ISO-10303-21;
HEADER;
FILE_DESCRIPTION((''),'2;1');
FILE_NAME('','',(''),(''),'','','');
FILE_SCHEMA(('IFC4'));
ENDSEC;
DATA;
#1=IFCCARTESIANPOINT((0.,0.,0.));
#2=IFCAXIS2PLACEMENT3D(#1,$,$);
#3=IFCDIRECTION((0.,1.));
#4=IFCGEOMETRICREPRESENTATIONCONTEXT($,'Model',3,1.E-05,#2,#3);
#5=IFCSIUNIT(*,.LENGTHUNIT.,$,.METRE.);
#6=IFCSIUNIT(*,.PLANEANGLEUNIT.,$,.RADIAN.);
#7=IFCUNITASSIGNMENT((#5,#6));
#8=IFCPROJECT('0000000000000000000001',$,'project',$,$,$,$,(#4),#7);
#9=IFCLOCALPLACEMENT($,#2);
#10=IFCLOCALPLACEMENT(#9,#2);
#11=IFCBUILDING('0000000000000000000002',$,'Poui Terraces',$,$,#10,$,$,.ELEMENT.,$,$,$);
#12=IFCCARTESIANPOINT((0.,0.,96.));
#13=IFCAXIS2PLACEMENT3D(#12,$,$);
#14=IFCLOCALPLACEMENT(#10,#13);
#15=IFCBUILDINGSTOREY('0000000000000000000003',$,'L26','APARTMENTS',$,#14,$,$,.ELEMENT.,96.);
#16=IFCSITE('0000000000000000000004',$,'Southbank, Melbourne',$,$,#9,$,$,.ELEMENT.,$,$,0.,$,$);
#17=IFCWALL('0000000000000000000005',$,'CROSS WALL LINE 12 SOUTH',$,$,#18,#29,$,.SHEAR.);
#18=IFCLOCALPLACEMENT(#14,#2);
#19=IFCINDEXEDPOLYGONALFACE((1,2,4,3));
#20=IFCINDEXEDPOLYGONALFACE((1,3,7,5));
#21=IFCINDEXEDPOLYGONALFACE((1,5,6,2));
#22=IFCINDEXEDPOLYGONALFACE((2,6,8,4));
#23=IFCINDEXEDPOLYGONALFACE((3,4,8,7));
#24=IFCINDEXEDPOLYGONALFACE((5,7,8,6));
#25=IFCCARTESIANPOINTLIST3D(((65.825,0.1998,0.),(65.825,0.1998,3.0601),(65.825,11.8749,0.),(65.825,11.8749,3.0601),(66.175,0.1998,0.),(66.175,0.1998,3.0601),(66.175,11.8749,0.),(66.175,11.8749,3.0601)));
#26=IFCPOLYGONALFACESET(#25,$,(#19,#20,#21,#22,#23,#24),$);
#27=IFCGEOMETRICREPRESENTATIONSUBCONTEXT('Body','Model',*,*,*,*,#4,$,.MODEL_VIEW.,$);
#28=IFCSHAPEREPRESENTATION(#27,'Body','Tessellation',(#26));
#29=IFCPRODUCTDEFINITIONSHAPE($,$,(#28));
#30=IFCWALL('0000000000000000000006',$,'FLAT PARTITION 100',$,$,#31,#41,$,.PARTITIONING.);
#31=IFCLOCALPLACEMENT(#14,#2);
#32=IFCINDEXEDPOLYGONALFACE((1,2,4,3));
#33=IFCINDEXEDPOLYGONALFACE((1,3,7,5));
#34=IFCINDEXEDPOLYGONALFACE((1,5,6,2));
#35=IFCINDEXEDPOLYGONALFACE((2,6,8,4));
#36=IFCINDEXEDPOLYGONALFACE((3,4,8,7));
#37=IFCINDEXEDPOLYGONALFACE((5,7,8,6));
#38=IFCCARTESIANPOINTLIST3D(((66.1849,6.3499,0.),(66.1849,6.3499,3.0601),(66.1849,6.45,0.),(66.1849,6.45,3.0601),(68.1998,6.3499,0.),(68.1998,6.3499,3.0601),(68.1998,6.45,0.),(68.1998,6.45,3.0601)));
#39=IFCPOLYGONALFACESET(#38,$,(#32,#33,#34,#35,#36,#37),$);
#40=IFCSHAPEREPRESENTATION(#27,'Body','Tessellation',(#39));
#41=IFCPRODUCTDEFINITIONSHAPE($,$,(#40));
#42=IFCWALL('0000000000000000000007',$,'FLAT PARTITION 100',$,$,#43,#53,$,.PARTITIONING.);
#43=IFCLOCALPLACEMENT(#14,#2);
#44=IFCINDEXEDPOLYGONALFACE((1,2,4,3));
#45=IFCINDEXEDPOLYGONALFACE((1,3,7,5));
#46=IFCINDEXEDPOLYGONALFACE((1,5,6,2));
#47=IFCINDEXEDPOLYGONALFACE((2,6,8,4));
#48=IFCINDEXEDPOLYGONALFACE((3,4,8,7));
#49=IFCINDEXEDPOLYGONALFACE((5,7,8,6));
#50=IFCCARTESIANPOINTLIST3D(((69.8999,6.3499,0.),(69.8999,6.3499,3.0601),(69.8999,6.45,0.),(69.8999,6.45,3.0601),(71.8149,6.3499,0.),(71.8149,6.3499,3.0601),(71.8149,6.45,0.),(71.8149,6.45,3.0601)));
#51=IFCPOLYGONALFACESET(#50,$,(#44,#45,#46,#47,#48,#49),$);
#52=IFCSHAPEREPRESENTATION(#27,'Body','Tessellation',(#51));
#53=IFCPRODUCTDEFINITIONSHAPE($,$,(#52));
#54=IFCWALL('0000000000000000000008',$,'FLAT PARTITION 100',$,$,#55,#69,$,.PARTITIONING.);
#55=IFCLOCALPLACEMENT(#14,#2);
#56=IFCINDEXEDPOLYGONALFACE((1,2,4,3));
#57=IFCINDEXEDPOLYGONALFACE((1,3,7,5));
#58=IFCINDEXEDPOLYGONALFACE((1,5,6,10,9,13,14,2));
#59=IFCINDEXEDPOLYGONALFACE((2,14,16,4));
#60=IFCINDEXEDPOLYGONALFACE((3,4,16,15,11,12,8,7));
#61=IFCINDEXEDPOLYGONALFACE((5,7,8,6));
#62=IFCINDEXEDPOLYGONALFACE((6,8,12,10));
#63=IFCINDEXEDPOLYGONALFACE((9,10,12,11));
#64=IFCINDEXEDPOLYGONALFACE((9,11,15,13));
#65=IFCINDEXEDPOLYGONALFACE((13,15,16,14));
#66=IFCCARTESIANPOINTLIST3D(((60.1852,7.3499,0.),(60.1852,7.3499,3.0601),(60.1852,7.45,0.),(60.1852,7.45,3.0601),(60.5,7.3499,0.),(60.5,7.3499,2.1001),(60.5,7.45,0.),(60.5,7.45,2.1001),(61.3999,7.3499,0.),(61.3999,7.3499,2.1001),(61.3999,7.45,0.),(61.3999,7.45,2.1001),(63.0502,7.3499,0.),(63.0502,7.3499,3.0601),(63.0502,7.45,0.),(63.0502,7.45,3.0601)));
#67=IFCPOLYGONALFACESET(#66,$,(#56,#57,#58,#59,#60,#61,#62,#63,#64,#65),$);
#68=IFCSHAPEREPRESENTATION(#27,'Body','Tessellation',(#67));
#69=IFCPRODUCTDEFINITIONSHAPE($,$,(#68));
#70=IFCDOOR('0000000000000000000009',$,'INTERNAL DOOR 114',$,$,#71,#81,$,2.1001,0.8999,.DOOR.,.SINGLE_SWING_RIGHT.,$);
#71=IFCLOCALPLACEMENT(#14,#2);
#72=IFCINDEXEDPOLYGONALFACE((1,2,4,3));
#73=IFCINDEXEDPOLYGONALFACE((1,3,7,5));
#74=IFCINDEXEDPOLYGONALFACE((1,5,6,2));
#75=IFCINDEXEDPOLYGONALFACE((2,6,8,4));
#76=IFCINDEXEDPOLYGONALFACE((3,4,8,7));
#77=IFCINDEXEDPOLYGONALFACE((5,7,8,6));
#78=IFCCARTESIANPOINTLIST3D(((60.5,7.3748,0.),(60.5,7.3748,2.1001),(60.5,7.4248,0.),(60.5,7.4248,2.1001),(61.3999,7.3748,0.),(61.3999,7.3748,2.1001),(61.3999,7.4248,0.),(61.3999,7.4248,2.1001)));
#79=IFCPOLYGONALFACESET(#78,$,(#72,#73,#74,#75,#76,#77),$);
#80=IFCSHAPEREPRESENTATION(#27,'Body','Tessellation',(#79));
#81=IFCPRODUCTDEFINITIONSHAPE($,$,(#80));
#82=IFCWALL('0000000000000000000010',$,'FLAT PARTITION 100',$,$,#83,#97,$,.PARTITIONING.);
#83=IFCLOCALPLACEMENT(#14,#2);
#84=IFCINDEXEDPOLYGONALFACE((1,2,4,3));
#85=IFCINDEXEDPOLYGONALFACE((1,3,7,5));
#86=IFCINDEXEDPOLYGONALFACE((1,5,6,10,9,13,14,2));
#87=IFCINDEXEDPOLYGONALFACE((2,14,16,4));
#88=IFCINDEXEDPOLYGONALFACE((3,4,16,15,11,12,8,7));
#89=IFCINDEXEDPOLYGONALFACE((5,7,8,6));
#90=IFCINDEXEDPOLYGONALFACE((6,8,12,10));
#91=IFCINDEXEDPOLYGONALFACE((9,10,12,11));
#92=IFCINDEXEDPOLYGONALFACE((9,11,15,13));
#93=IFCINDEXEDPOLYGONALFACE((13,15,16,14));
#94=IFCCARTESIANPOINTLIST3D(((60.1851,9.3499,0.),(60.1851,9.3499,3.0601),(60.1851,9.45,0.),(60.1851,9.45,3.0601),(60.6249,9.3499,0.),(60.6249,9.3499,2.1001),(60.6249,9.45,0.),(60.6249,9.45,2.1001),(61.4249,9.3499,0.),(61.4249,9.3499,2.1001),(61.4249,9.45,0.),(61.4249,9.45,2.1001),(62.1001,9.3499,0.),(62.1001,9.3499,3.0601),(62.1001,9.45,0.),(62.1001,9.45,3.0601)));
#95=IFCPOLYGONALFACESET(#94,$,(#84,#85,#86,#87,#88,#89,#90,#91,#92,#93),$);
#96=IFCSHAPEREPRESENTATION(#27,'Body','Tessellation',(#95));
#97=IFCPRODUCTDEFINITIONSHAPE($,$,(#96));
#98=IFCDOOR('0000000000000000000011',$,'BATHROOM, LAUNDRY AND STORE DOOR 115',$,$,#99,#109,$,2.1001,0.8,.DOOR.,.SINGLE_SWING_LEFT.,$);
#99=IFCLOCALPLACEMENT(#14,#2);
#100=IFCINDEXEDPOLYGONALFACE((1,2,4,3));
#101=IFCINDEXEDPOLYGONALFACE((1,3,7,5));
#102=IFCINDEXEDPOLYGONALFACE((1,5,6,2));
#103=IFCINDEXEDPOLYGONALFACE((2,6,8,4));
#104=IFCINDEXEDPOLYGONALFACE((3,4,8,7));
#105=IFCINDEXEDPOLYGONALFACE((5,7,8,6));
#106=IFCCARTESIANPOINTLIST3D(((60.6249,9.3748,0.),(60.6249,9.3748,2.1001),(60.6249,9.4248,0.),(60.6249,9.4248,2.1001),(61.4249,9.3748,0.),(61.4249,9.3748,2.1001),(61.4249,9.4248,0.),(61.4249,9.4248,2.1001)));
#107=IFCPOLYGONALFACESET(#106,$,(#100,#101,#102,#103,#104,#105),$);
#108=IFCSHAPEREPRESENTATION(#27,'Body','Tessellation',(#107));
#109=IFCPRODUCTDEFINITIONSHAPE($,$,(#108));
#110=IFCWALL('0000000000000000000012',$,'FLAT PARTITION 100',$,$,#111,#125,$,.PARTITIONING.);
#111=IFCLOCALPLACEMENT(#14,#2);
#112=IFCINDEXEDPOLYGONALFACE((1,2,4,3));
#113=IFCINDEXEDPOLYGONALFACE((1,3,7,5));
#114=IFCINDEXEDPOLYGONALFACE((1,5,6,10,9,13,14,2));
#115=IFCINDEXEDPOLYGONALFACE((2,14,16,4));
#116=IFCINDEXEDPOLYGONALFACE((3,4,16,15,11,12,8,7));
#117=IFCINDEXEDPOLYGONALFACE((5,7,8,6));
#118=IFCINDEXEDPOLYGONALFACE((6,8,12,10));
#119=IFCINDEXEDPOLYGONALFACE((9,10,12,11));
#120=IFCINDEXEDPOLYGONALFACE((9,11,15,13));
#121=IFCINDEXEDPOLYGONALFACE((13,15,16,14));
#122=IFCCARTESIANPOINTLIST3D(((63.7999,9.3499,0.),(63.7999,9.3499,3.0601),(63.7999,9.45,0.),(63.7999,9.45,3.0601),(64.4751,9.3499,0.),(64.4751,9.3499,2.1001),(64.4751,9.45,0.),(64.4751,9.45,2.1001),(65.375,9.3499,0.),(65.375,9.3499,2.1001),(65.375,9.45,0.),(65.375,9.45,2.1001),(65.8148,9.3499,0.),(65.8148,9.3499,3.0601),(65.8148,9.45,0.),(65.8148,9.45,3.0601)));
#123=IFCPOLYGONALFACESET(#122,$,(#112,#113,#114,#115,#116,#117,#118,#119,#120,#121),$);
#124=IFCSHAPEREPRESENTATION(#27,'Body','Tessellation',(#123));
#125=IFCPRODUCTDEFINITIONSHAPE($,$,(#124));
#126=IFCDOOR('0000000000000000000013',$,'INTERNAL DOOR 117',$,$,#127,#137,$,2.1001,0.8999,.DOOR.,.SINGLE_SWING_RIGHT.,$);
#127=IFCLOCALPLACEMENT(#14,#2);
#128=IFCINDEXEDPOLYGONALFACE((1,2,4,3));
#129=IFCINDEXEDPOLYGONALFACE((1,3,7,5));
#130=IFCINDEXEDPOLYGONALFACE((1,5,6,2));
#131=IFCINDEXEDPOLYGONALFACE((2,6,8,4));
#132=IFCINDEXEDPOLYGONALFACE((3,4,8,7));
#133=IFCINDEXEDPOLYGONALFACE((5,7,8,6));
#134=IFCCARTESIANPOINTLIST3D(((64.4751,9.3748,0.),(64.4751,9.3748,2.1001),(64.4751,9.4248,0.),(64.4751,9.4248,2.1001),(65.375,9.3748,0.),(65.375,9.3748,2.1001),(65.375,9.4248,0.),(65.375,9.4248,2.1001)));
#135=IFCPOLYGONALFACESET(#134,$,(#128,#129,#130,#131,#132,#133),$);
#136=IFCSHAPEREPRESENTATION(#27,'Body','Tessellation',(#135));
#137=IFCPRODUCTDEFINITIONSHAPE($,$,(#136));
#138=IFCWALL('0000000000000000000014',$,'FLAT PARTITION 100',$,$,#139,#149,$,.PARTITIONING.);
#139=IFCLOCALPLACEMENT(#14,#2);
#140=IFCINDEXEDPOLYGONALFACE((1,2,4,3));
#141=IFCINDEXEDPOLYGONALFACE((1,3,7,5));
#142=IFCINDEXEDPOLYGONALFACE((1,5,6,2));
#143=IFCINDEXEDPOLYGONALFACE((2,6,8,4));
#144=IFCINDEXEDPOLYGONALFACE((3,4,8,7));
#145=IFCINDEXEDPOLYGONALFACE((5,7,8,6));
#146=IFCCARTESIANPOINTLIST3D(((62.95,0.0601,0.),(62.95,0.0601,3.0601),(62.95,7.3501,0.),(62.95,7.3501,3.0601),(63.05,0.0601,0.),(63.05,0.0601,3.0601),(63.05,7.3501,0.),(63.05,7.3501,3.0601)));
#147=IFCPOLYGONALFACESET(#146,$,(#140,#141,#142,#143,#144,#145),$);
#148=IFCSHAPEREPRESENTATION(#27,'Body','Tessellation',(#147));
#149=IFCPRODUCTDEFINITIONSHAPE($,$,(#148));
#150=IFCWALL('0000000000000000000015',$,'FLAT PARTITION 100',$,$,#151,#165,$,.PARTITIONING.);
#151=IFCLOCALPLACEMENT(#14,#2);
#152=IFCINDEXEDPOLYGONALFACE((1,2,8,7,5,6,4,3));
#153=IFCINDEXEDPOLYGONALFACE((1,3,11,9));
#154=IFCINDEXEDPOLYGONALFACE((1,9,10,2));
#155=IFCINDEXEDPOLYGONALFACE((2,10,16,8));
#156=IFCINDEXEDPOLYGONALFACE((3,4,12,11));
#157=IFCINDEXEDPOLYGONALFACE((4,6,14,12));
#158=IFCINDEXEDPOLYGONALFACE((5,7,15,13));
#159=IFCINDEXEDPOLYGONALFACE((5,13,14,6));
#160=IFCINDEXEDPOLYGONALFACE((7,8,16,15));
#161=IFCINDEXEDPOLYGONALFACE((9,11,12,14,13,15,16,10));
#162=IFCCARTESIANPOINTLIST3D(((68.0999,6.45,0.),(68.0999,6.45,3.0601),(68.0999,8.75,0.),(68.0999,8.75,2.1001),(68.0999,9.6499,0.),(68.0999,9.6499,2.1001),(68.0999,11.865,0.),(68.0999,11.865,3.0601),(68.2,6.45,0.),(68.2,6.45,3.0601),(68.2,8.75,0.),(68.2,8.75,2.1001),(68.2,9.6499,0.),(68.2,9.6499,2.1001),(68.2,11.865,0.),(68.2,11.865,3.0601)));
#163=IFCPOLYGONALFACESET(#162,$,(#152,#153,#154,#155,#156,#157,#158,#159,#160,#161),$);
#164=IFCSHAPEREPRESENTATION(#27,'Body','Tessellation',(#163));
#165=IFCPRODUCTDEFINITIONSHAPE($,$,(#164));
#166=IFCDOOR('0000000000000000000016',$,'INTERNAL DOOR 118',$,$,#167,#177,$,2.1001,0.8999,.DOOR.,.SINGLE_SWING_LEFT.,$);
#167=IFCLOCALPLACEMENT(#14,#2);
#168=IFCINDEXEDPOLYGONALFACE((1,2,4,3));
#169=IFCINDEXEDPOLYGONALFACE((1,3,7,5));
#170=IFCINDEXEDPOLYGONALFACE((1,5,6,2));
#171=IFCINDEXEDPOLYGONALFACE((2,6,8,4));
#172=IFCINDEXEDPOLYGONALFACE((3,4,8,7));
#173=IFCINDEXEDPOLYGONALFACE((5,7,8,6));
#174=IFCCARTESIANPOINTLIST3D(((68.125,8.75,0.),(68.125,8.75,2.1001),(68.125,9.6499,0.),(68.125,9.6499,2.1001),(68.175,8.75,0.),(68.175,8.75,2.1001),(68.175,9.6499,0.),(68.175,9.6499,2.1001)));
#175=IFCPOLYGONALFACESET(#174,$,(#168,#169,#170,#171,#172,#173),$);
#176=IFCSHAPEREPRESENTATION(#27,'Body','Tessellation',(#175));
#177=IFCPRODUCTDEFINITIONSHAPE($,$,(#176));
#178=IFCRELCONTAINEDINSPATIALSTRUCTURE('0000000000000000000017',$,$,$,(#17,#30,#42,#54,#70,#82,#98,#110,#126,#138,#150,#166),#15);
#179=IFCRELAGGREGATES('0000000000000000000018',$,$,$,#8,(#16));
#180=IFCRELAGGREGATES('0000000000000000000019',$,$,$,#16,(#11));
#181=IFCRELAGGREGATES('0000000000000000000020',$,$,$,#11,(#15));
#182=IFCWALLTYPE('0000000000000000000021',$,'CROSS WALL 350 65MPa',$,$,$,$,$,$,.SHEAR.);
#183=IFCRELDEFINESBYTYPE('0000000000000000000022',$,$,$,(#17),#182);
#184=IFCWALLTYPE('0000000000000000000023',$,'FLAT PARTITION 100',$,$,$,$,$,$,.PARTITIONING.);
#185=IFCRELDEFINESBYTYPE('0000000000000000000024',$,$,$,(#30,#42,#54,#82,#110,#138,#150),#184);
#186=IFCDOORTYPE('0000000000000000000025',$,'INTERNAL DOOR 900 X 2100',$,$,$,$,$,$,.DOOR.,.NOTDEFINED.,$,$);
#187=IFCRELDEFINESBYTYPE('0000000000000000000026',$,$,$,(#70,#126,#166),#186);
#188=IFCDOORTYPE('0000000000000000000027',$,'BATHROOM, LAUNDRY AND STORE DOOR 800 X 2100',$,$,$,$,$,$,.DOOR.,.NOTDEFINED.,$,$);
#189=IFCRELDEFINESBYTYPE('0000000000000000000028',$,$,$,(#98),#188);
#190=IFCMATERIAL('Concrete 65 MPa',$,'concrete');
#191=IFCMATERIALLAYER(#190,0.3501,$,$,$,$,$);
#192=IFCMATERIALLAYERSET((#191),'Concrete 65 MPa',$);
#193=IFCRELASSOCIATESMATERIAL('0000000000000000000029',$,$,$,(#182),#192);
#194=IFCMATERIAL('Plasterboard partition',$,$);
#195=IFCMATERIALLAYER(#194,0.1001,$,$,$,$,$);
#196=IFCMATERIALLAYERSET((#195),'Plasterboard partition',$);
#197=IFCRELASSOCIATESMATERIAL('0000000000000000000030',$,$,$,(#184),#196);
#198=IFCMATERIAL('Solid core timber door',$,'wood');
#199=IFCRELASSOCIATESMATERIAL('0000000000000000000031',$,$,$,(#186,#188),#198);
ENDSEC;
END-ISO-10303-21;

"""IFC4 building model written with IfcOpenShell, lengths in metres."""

from ifc_helpers import new_model, si_unit, direction, frame, frame_2d, origin, place, context, subcontext, project, spatial, rectangle, extrude, material, layer, layer_set, type_object, element, fill, save


model = new_model("IFC4")

# Units and contexts
model_context = context("Model", 3, precision=1e-05, world=origin(), true_north=direction((0.0, 1.0)))
body_context = subcontext(model_context, "Body", "Model", "MODEL_VIEW")
ifc_project = project(units=[si_unit("LENGTHUNIT", "METRE"), si_unit("PLANEANGLEUNIT", "RADIAN")], contexts=[model_context])

# Site, building, storey
site_placement = place(None, origin())
site = spatial("IfcSite", under=ifc_project, at=site_placement, Name="Southbank, Melbourne", CompositionType="ELEMENT", RefElevation=0.0)
building_placement = place(site_placement, origin())
building = spatial("IfcBuilding", under=site, at=building_placement, Name="Poui Terraces", CompositionType="ELEMENT")
storey_placement = place(building_placement, frame((0.0, 0.0, 96.0)))
storey = spatial("IfcBuildingStorey", under=building, at=storey_placement, Name="L26", Description="APARTMENTS", CompositionType="ELEMENT", Elevation=96.0)

# Walls
ifc_material_1 = material(Name="Concrete 65 MPa", Category="concrete")
ifc_layer_1 = layer(ifc_material_1, 0.3501)
ifc_layer_set_1 = layer_set([ifc_layer_1], Name="Concrete 65 MPa")
wall_type_1 = type_object("IfcWallType", Name="CROSS WALL 350 65MPa", PredefinedType="SHEAR", material=ifc_layer_set_1)
wall_1_placement = place(storey_placement, frame((66.0, 0.2, 0.0), z_axis=(0.0, 0.0, 1.0), x_axis=(0.0, 1.0, 0.0)))
element("IfcWall", 1, at=wall_1_placement, inside=storey, type_object=wall_type_1, Name="CROSS WALL LINE 12 SOUTH", PredefinedType="SHEAR", context=body_context, shape_type="SweptSolid", body=[
    extrude(rectangle(XDim=11.675, YDim=0.3501, at=frame_2d((5.8374, 0.0))), origin(), (0.0, 0.0, 1.0), 3.0601),
])
ifc_material_2 = material(Name="Plasterboard partition")
ifc_layer_2 = layer(ifc_material_2, 0.1001)
ifc_layer_set_2 = layer_set([ifc_layer_2], Name="Plasterboard partition")
wall_type_2 = type_object("IfcWallType", Name="FLAT PARTITION 100", PredefinedType="PARTITIONING", material=ifc_layer_set_2)
wall_2_placement = place(storey_placement, frame((66.1851, 6.3999, 0.0), z_axis=(0.0, 0.0, 1.0), x_axis=(1.0, 0.0, 0.0)))
element("IfcWall", 2, at=wall_2_placement, inside=storey, type_object=wall_type_2, Name="FLAT PARTITION 100", PredefinedType="PARTITIONING", context=body_context, shape_type="SweptSolid", body=[
    extrude(rectangle(XDim=2.0149, YDim=0.1001, at=frame_2d((1.0073, 0.0))), origin(), (0.0, 0.0, 1.0), 3.0601),
])
wall_3_placement = place(storey_placement, frame((69.8999, 6.3999, 0.0), z_axis=(0.0, 0.0, 1.0), x_axis=(1.0, 0.0, 0.0)))
element("IfcWall", 3, at=wall_3_placement, inside=storey, type_object=wall_type_2, Name="FLAT PARTITION 100", PredefinedType="PARTITIONING", context=body_context, shape_type="SweptSolid", body=[
    extrude(rectangle(XDim=1.915, YDim=0.1001, at=frame_2d((0.9575, 0.0))), origin(), (0.0, 0.0, 1.0), 3.0601),
])

# Walls, openings, doors
wall_4_placement = place(storey_placement, frame((60.1851, 7.3999, 0.0), z_axis=(0.0, 0.0, 1.0), x_axis=(1.0, 0.0, 0.0)))
wall_4 = element("IfcWall", 4, at=wall_4_placement, inside=storey, type_object=wall_type_2, Name="FLAT PARTITION 100", PredefinedType="PARTITIONING", context=body_context, shape_type="SweptSolid", body=[
    extrude(rectangle(XDim=2.865, YDim=0.1001, at=frame_2d((1.4326, 0.0))), origin(), (0.0, 0.0, 1.0), 3.0601),
])
opening_1_placement = place(wall_4_placement, frame((0.3149, 0.0, 0.0)))
opening_1 = element("IfcOpeningElement", 5, at=opening_1_placement, cuts=wall_4, PredefinedType="OPENING", context=body_context, shape_type="SweptSolid", body=[
    extrude(rectangle(XDim=0.8999, YDim=2.1001, at=frame_2d((0.45, 1.05))), frame((0.0, 0.0601, 0.0), z_axis=(0.0, -1.0, 0.0), x_axis=(1.0, 0.0, 0.0)), (0.0, 0.0, 1.0), 0.1201),
])
ifc_material_3 = material(Name="Solid core timber door", Category="wood")
door_type_1 = type_object("IfcDoorType", Name="INTERNAL DOOR 900 X 2100", OperationType="NOTDEFINED", PredefinedType="DOOR", material=ifc_material_3)
door_1_placement = place(opening_1_placement, origin())
door_1 = element("IfcDoor", 6, at=door_1_placement, inside=storey, type_object=door_type_1, Name="INTERNAL DOOR 114", OperationType="SINGLE_SWING_RIGHT", OverallHeight=2.1001, OverallWidth=0.8999, PredefinedType="DOOR", context=body_context, shape_type="SweptSolid", body=[
    extrude(rectangle(XDim=0.8999, YDim=2.1001, at=frame_2d((0.45, 1.05))), frame((0.0, 0.0249, 0.0), z_axis=(0.0, -1.0, 0.0), x_axis=(1.0, 0.0, 0.0)), (0.0, 0.0, 1.0), 0.05),
])
fill(opening_1, door_1)
wall_5_placement = place(storey_placement, frame((60.1851, 9.3999, 0.0), z_axis=(0.0, 0.0, 1.0), x_axis=(1.0, 0.0, 0.0)))
wall_5 = element("IfcWall", 7, at=wall_5_placement, inside=storey, type_object=wall_type_2, Name="FLAT PARTITION 100", PredefinedType="PARTITIONING", context=body_context, shape_type="SweptSolid", body=[
    extrude(rectangle(XDim=1.915, YDim=0.1001, at=frame_2d((0.9575, 0.0))), origin(), (0.0, 0.0, 1.0), 3.0601),
])
opening_2_placement = place(wall_5_placement, frame((0.4399, 0.0, 0.0)))
opening_2 = element("IfcOpeningElement", 8, at=opening_2_placement, cuts=wall_5, PredefinedType="OPENING", context=body_context, shape_type="SweptSolid", body=[
    extrude(rectangle(XDim=0.8, YDim=2.1001, at=frame_2d((0.3999, 1.05))), frame((0.0, 0.0601, 0.0), z_axis=(0.0, -1.0, 0.0), x_axis=(1.0, 0.0, 0.0)), (0.0, 0.0, 1.0), 0.1201),
])
door_type_2 = type_object("IfcDoorType", Name="BATHROOM, LAUNDRY AND STORE DOOR 800 X 2100", OperationType="NOTDEFINED", PredefinedType="DOOR", material=ifc_material_3)
door_2_placement = place(opening_2_placement, origin())
door_2 = element("IfcDoor", 9, at=door_2_placement, inside=storey, type_object=door_type_2, Name="BATHROOM, LAUNDRY AND STORE DOOR 115", OperationType="SINGLE_SWING_LEFT", OverallHeight=2.1001, OverallWidth=0.8, PredefinedType="DOOR", context=body_context, shape_type="SweptSolid", body=[
    extrude(rectangle(XDim=0.8, YDim=2.1001, at=frame_2d((0.3999, 1.05))), frame((0.0, 0.0249, 0.0), z_axis=(0.0, -1.0, 0.0), x_axis=(1.0, 0.0, 0.0)), (0.0, 0.0, 1.0), 0.05),
])
fill(opening_2, door_2)
wall_6_placement = place(storey_placement, frame((63.8, 9.3999, 0.0), z_axis=(0.0, 0.0, 1.0), x_axis=(1.0, 0.0, 0.0)))
wall_6 = element("IfcWall", 10, at=wall_6_placement, inside=storey, type_object=wall_type_2, Name="FLAT PARTITION 100", PredefinedType="PARTITIONING", context=body_context, shape_type="SweptSolid", body=[
    extrude(rectangle(XDim=2.0149, YDim=0.1001, at=frame_2d((1.0073, 0.0))), origin(), (0.0, 0.0, 1.0), 3.0601),
])
opening_3_placement = place(wall_6_placement, frame((0.675, 0.0, 0.0)))
opening_3 = element("IfcOpeningElement", 11, at=opening_3_placement, cuts=wall_6, PredefinedType="OPENING", context=body_context, shape_type="SweptSolid", body=[
    extrude(rectangle(XDim=0.8999, YDim=2.1001, at=frame_2d((0.45, 1.05))), frame((0.0, 0.0601, 0.0), z_axis=(0.0, -1.0, 0.0), x_axis=(1.0, 0.0, 0.0)), (0.0, 0.0, 1.0), 0.1201),
])
door_3_placement = place(opening_3_placement, origin())
door_3 = element("IfcDoor", 12, at=door_3_placement, inside=storey, type_object=door_type_1, Name="INTERNAL DOOR 117", OperationType="SINGLE_SWING_RIGHT", OverallHeight=2.1001, OverallWidth=0.8999, PredefinedType="DOOR", context=body_context, shape_type="SweptSolid", body=[
    extrude(rectangle(XDim=0.8999, YDim=2.1001, at=frame_2d((0.45, 1.05))), frame((0.0, 0.0249, 0.0), z_axis=(0.0, -1.0, 0.0), x_axis=(1.0, 0.0, 0.0)), (0.0, 0.0, 1.0), 0.05),
])
fill(opening_3, door_3)

# Wall
wall_7_placement = place(storey_placement, frame((63.0, 0.0601, 0.0), z_axis=(0.0, 0.0, 1.0), x_axis=(0.0, 1.0, 0.0)))
element("IfcWall", 13, at=wall_7_placement, inside=storey, type_object=wall_type_2, Name="FLAT PARTITION 100", PredefinedType="PARTITIONING", context=body_context, shape_type="SweptSolid", body=[
    extrude(rectangle(XDim=7.29, YDim=0.1001, at=frame_2d((3.645, 0.0))), origin(), (0.0, 0.0, 1.0), 3.0601),
])

# Wall, opening, door
wall_8_placement = place(storey_placement, frame((68.1499, 6.45, 0.0), z_axis=(0.0, 0.0, 1.0), x_axis=(0.0, 1.0, 0.0)))
wall_8 = element("IfcWall", 14, at=wall_8_placement, inside=storey, type_object=wall_type_2, Name="FLAT PARTITION 100", PredefinedType="PARTITIONING", context=body_context, shape_type="SweptSolid", body=[
    extrude(rectangle(XDim=5.415, YDim=0.1001, at=frame_2d((2.7075, 0.0))), origin(), (0.0, 0.0, 1.0), 3.0601),
])
opening_4_placement = place(wall_8_placement, frame((2.3, 0.0, 0.0)))
opening_4 = element("IfcOpeningElement", 15, at=opening_4_placement, cuts=wall_8, PredefinedType="OPENING", context=body_context, shape_type="SweptSolid", body=[
    extrude(rectangle(XDim=0.8999, YDim=2.1001, at=frame_2d((0.45, 1.05))), frame((0.0, 0.0601, 0.0), z_axis=(0.0, -1.0, 0.0), x_axis=(1.0, 0.0, 0.0)), (0.0, 0.0, 1.0), 0.1201),
])
door_4_placement = place(opening_4_placement, origin())
door_4 = element("IfcDoor", 16, at=door_4_placement, inside=storey, type_object=door_type_1, Name="INTERNAL DOOR 118", OperationType="SINGLE_SWING_LEFT", OverallHeight=2.1001, OverallWidth=0.8999, PredefinedType="DOOR", context=body_context, shape_type="SweptSolid", body=[
    extrude(rectangle(XDim=0.8999, YDim=2.1001, at=frame_2d((0.45, 1.05))), frame((0.0, 0.0249, 0.0), z_axis=(0.0, -1.0, 0.0), x_axis=(1.0, 0.0, 0.0)), (0.0, 0.0, 1.0), 0.05),
])
fill(opening_4, door_4)

save(model, "model.ifc")
